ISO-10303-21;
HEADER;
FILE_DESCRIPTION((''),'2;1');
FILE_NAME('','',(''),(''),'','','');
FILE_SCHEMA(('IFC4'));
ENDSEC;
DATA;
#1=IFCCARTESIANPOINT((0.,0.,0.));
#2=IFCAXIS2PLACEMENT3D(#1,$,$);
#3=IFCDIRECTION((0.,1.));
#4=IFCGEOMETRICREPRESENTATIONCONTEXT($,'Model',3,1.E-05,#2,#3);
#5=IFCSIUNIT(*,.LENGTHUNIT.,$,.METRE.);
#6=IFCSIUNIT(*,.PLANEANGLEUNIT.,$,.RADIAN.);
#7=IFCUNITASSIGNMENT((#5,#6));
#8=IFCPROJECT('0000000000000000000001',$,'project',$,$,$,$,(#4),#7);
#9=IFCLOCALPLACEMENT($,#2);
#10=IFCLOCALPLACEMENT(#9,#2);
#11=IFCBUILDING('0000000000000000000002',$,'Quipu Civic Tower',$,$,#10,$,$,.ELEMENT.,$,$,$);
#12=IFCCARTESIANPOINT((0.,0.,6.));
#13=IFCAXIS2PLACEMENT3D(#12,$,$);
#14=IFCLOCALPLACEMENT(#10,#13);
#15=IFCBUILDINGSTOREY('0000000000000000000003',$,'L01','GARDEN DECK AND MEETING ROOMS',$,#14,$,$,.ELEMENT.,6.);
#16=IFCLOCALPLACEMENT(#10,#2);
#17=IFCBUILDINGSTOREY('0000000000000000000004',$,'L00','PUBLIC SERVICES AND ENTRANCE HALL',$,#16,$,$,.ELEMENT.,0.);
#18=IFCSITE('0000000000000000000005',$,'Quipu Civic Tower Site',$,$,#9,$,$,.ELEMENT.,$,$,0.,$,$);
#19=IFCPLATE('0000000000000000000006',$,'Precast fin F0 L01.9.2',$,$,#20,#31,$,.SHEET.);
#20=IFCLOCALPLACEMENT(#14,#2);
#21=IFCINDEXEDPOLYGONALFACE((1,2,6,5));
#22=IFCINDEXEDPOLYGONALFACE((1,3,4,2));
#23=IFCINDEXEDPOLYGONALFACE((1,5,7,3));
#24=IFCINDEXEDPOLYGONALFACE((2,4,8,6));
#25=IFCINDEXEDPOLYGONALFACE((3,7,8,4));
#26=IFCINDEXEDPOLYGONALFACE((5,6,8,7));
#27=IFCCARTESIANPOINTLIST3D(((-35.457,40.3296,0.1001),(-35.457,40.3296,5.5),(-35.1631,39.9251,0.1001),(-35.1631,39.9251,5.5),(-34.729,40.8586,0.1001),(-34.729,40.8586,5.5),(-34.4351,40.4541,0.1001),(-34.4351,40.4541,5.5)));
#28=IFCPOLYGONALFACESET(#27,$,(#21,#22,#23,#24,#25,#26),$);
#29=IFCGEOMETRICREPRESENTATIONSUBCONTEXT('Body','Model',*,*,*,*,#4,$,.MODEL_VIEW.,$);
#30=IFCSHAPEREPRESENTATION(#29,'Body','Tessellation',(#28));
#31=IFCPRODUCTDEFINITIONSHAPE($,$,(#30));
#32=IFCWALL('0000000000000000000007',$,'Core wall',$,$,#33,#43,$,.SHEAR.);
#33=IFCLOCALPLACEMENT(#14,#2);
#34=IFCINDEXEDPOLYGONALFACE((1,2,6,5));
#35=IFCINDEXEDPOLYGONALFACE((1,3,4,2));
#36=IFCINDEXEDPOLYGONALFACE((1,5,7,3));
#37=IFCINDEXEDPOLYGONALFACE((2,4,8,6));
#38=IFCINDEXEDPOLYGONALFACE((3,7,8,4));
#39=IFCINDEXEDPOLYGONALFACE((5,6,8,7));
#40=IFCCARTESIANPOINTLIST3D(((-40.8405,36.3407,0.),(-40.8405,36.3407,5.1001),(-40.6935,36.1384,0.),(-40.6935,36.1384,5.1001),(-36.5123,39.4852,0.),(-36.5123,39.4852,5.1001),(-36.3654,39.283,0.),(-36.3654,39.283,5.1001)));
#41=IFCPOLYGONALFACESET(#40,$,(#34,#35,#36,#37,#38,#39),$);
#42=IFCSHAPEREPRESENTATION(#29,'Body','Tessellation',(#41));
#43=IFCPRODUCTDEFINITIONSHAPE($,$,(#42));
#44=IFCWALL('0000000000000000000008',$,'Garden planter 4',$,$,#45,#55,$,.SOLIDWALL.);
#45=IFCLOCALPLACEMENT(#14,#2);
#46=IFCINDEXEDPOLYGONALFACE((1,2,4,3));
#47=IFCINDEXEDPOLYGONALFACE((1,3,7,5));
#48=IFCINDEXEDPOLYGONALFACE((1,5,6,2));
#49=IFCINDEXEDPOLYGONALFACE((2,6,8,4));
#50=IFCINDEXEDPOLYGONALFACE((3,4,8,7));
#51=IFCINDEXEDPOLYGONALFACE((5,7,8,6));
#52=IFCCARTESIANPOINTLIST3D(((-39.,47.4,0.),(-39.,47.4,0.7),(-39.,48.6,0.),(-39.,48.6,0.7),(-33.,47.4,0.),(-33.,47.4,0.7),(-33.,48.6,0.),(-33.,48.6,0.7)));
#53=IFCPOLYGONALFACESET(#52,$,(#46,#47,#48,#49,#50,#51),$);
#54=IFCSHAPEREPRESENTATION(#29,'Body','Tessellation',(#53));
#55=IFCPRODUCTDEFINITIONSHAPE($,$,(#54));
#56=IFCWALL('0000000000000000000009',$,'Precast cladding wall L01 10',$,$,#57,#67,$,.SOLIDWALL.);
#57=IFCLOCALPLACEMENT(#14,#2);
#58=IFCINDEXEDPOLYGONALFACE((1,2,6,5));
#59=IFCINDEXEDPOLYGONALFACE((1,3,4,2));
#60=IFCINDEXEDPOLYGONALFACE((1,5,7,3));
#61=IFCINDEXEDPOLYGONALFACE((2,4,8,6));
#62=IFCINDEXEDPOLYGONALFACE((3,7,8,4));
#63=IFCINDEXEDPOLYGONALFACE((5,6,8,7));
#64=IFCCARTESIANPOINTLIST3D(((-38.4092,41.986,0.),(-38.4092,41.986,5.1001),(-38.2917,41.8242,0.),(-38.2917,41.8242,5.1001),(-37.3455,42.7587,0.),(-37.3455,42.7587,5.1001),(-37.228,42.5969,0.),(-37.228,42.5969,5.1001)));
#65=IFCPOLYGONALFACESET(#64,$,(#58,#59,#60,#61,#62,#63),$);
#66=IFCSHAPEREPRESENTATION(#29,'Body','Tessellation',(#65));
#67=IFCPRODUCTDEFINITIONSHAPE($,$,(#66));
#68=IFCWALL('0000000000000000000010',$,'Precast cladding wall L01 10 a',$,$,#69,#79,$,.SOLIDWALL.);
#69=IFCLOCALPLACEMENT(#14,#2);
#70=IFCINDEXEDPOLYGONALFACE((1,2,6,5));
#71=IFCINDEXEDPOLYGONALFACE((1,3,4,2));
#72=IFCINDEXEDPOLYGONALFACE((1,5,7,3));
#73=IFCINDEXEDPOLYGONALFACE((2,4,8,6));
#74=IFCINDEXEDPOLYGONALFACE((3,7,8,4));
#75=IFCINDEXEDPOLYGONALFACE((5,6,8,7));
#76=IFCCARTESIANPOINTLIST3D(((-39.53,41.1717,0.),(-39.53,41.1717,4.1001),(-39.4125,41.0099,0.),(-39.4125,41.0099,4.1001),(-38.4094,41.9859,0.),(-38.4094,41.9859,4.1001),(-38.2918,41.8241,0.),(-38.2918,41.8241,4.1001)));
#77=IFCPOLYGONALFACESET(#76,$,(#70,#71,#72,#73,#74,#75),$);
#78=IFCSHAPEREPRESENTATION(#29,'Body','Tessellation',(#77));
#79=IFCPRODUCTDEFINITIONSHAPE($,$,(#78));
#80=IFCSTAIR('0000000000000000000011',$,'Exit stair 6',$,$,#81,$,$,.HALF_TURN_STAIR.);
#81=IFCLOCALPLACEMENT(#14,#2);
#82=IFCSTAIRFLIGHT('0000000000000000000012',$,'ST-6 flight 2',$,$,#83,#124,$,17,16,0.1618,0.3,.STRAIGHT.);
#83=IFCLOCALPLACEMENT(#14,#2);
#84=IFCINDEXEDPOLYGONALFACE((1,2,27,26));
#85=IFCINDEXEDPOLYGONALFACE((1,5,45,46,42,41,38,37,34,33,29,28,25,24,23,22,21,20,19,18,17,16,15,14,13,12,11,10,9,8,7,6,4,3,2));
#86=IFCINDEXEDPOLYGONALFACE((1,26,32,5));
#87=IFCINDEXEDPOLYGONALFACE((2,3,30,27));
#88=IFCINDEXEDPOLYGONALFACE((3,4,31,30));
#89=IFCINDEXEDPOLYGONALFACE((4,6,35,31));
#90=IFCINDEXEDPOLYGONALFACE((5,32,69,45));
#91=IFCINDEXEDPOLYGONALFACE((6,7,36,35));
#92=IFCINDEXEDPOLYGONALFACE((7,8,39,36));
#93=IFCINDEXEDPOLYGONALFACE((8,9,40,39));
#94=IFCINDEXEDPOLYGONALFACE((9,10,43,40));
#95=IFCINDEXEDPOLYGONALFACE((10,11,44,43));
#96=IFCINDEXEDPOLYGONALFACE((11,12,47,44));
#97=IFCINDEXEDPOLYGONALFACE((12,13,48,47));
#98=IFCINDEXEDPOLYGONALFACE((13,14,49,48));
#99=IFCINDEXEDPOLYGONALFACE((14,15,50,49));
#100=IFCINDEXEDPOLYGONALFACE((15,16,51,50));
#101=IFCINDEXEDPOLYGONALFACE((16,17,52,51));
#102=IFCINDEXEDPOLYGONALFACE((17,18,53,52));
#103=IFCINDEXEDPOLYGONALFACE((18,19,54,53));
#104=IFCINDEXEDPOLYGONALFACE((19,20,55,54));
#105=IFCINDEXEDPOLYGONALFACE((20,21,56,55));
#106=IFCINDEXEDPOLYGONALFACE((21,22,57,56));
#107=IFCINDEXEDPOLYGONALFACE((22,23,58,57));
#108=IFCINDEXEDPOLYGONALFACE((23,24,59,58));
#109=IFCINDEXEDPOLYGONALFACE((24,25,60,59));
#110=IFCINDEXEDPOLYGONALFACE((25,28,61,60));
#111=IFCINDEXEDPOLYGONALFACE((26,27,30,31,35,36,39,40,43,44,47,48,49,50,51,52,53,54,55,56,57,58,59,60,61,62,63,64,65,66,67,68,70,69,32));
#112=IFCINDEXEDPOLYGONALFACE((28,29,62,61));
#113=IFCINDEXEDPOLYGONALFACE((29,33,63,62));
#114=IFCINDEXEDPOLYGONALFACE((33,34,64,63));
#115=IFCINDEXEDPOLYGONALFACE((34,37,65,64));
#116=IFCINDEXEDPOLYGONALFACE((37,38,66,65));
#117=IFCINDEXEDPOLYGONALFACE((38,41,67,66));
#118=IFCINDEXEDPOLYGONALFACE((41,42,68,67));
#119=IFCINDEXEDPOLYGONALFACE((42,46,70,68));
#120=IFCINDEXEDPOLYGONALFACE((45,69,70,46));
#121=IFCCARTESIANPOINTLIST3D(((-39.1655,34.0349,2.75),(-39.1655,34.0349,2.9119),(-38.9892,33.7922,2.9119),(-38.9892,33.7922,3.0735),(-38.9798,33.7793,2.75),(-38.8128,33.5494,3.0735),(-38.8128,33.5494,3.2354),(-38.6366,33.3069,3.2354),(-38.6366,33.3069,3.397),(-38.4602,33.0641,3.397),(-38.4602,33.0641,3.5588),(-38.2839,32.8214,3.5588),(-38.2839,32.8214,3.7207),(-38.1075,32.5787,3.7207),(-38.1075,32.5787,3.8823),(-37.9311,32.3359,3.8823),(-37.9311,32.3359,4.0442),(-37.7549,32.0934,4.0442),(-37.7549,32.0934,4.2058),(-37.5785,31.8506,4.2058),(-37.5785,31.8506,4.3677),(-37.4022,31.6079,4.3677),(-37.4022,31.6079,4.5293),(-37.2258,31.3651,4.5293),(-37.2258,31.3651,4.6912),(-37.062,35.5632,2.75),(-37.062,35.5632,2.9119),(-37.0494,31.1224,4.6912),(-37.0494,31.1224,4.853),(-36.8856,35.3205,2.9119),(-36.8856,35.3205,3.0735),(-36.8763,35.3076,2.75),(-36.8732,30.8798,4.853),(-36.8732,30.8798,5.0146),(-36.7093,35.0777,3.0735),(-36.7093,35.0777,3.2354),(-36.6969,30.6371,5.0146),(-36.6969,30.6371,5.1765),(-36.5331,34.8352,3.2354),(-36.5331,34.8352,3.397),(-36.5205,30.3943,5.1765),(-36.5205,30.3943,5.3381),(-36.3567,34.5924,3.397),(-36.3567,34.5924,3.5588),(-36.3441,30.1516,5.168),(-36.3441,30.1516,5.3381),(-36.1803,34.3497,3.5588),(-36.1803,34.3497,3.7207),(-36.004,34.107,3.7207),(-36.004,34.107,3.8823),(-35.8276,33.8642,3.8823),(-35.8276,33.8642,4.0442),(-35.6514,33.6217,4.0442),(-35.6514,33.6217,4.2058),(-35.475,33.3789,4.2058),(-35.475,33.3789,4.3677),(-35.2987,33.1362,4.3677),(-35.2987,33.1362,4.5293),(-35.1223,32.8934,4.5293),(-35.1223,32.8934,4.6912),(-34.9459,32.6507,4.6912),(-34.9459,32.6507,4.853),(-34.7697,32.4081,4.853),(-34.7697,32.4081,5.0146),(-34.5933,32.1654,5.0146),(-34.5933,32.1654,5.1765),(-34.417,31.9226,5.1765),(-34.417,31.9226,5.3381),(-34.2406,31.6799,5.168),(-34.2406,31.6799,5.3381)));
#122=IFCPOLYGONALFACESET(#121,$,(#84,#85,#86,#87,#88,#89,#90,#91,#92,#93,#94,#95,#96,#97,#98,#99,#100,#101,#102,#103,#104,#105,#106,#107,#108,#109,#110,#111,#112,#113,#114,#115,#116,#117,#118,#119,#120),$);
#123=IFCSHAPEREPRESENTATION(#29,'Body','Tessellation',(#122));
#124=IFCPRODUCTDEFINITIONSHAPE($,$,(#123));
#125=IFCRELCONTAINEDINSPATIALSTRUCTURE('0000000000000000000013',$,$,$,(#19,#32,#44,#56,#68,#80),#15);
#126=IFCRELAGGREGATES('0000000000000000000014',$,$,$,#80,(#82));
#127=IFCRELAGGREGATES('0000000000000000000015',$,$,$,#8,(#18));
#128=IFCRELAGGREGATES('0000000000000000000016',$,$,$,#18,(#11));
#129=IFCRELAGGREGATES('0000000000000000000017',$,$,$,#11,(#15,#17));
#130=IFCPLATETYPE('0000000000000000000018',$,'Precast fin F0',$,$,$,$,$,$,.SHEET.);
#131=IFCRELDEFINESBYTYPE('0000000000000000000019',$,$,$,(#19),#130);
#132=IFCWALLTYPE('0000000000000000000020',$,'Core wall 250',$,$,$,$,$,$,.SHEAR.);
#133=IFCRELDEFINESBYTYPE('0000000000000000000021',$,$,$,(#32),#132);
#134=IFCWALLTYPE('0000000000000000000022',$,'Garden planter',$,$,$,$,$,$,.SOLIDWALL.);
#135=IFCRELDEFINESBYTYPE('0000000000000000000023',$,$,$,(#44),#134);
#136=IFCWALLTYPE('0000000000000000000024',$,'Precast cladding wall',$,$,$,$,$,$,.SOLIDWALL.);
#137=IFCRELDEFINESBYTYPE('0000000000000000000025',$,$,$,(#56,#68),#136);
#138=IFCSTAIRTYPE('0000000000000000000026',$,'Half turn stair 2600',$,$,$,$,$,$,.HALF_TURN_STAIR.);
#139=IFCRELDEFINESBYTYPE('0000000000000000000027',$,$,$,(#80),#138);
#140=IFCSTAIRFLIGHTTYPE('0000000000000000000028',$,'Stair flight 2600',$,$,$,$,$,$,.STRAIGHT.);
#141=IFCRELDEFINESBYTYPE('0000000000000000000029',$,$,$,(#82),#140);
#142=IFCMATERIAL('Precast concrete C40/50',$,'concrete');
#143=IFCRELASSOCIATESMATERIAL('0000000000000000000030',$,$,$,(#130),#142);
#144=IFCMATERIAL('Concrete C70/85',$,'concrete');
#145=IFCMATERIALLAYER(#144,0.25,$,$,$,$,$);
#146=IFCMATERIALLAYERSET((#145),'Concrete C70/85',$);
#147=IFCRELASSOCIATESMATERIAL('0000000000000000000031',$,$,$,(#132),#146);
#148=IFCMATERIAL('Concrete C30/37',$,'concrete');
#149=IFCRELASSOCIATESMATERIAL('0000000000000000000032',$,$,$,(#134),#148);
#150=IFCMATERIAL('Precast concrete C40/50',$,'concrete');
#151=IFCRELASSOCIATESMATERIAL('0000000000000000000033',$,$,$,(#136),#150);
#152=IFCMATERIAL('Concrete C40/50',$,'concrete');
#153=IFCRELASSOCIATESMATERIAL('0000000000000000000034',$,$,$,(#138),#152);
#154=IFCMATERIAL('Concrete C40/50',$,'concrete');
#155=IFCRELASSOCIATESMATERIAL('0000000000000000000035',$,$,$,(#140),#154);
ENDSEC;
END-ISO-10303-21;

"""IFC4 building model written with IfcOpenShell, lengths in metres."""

from ifc_helpers import new_model, si_unit, direction, frame, frame_2d, origin, origin_2d, place, context, subcontext, project, spatial, polyline, rectangle, outline, extrude, material, layer, layer_set, type_object, element, aggregate, save


model = new_model("IFC4")

# Units and contexts
model_context = context("Model", 3, precision=1e-05, world=origin(), true_north=direction((0.0, 1.0)))
body_context = subcontext(model_context, "Body", "Model", "MODEL_VIEW")
ifc_project = project(units=[si_unit("LENGTHUNIT", "METRE"), si_unit("PLANEANGLEUNIT", "RADIAN")], contexts=[model_context])

# Site, building, storey
site_placement = place(None, origin())
site = spatial("IfcSite", under=ifc_project, at=site_placement, Name="Quipu Civic Tower Site", CompositionType="ELEMENT", RefElevation=0.0)
building_placement = place(site_placement, origin())
building = spatial("IfcBuilding", under=site, at=building_placement, Name="Quipu Civic Tower", CompositionType="ELEMENT")
storey_1_placement = place(building_placement, frame((0.0, 0.0, 6.0)))
storey_1 = spatial("IfcBuildingStorey", under=building, at=storey_1_placement, Name="L01", Description="GARDEN DECK AND MEETING ROOMS", CompositionType="ELEMENT", Elevation=6.0)

# Shared definitions
storey_2_placement = place(building_placement, origin())
storey_2 = spatial("IfcBuildingStorey", under=building, at=storey_2_placement, Name="L00", Description="PUBLIC SERVICES AND ENTRANCE HALL", CompositionType="ELEMENT", Elevation=0.0)

# Plate
ifc_material_1 = material(Name="Precast concrete C40/50", Category="concrete")
plate_type_1 = type_object("IfcPlateType", Name="Precast fin F0", PredefinedType="SHEET", material=ifc_material_1)
for number, where, z_axis, x_axis, name in (
    (1, (-34.946, 40.3918, 0.1001), (0.0, 0.0, 1.0), (-0.587785, 0.809017, 0.0), "Precast fin F0 L01.9.2"),
):
    element("IfcPlate", number, at=place(storey_1_placement, frame(where, z_axis=z_axis, x_axis=x_axis)), inside=storey_1, type_object=plate_type_1, Name=name, PredefinedType="SHEET", context=body_context, shape_type="SweptSolid", body=[
        extrude(rectangle(XDim=0.5, YDim=0.8999, at=origin_2d()), origin(), (0.0, 0.0, 1.0), 5.3999),
    ])

# Walls
ifc_material_2 = material(Name="Concrete C70/85", Category="concrete")
ifc_layer_1 = layer(ifc_material_2, 0.25)
ifc_layer_set_1 = layer_set([ifc_layer_1], Name="Concrete C70/85")
wall_type_1 = type_object("IfcWallType", Name="Core wall 250", PredefinedType="SHEAR", material=ifc_layer_set_1)
wall_1_placement = place(storey_1_placement, frame((-36.439, 39.384, 0.0), z_axis=(0.0, 0.0, 1.0), x_axis=(-0.80902, -0.587781, 0.0)))
element("IfcWall", 2, at=wall_1_placement, inside=storey_1, type_object=wall_type_1, Name="Core wall", PredefinedType="SHEAR", context=body_context, shape_type="SweptSolid", body=[
    extrude(rectangle(XDim=5.3499, YDim=0.25, at=frame_2d((2.6748, 0.0))), origin(), (0.0, 0.0, 1.0), 5.1001),
])
ifc_material_3 = material(Name="Concrete C30/37", Category="concrete")
wall_type_2 = type_object("IfcWallType", Name="Garden planter", PredefinedType="SOLIDWALL", material=ifc_material_3)
wall_2_placement = place(storey_1_placement, frame((-39.0, 48.0, 0.0), z_axis=(0.0, 0.0, 1.0), x_axis=(1.0, 0.0, 0.0)))
element("IfcWall", 3, at=wall_2_placement, inside=storey_1, type_object=wall_type_2, Name="Garden planter 4", PredefinedType="SOLIDWALL", context=body_context, shape_type="SweptSolid", body=[
    extrude(rectangle(XDim=6.0, YDim=1.2, at=frame_2d((3.0, 0.0))), origin(), (0.0, 0.0, 1.0), 0.7),
])
ifc_material_4 = material(Name="Precast concrete C40/50", Category="concrete")
wall_type_3 = type_object("IfcWallType", Name="Precast cladding wall", PredefinedType="SOLIDWALL", material=ifc_material_4)
wall_3_placement = place(storey_1_placement, frame((-37.2869, 42.6777, 0.0), z_axis=(0.0, 0.0, 1.0), x_axis=(-0.809065, -0.587719, 0.0)))
element("IfcWall", 4, at=wall_3_placement, inside=storey_1, type_object=wall_type_3, Name="Precast cladding wall L01 10", PredefinedType="SOLIDWALL", context=body_context, shape_type="SweptSolid", body=[
    extrude(rectangle(XDim=1.3147, YDim=0.2, at=frame_2d((0.6572, 0.0))), origin(), (0.0, 0.0, 1.0), 5.1001),
])
wall_4_placement = place(storey_1_placement, frame((-38.3506, 41.905, 0.0), z_axis=(0.0, 0.0, 1.0), x_axis=(-0.809003, -0.587805, 0.0)))
element("IfcWall", 5, at=wall_4_placement, inside=storey_1, type_object=wall_type_3, Name="Precast cladding wall L01 10 a", PredefinedType="SOLIDWALL", context=body_context, shape_type="SweptSolid", body=[
    extrude(rectangle(XDim=1.3853, YDim=0.2, at=frame_2d((0.6926, 0.0))), origin(), (0.0, 0.0, 1.0), 4.1001),
])

# Stair, stair flight
ifc_material_5 = material(Name="Concrete C40/50", Category="concrete")
stair_type = type_object("IfcStairType", Name="Half turn stair 2600", PredefinedType="HALF_TURN_STAIR", material=ifc_material_5)
stair_placement = place(storey_1_placement, origin())
stair = element("IfcStair", 6, at=stair_placement, inside=storey_1, type_object=stair_type, Name="Exit stair 6", PredefinedType="HALF_TURN_STAIR")
ifc_material_6 = material(Name="Concrete C40/50", Category="concrete")
stair_flight_type = type_object("IfcStairFlightType", Name="Stair flight 2600", PredefinedType="STRAIGHT", material=ifc_material_6)
stair_flight_placement = place(storey_1_placement, frame((-38.1138, 34.7991, 2.75), z_axis=(0.0, 0.0, 1.0), x_axis=(0.587785, -0.809017, 0.0)))
stair_flight = element("IfcStairFlight", 7, at=stair_flight_placement, type_object=stair_flight_type, Name="ST-6 flight 2", NumberOfRisers=17, NumberOfTreads=16, PredefinedType="STRAIGHT", RiserHeight=0.1618, TreadLength=0.3, context=body_context, shape_type="SweptSolid", body=[
    extrude(outline(polyline([(0.0, 0.0), (0.0, 0.1619), (0.3, 0.1619), (0.3, 0.3235), (0.6001, 0.3235), (0.6001, 0.4854), (0.8999, 0.4854), (0.8999, 0.647), (1.2, 0.647), (1.2, 0.8088), (1.5, 0.8088), (1.5, 0.9707), (1.8, 0.9707), (1.8, 1.1323), (2.1001, 1.1323), (2.1001, 1.2942), (2.3999, 1.2942), (2.3999, 1.4558), (2.7, 1.4558), (2.7, 1.6177), (3.0, 1.6177), (3.0, 1.7793), (3.3, 1.7793), (3.3, 1.9412), (3.6001, 1.9412), (3.6001, 2.103), (3.8999, 2.103), (3.8999, 2.2646), (4.2, 2.2646), (4.2, 2.4265), (4.5, 2.4265), (4.5, 2.5881), (4.8, 2.5881), (4.8, 2.75), (4.8, 2.418), (0.3159, 0.0), (0.0, 0.0)])), frame((0.0, 1.3, 0.0), z_axis=(0.0, -1.0, 0.0), x_axis=(1.0, 0.0, 0.0)), (0.0, 0.0, 1.0), 2.6001),
])
aggregate(stair, [stair_flight])

save(model, "model.ifc")
